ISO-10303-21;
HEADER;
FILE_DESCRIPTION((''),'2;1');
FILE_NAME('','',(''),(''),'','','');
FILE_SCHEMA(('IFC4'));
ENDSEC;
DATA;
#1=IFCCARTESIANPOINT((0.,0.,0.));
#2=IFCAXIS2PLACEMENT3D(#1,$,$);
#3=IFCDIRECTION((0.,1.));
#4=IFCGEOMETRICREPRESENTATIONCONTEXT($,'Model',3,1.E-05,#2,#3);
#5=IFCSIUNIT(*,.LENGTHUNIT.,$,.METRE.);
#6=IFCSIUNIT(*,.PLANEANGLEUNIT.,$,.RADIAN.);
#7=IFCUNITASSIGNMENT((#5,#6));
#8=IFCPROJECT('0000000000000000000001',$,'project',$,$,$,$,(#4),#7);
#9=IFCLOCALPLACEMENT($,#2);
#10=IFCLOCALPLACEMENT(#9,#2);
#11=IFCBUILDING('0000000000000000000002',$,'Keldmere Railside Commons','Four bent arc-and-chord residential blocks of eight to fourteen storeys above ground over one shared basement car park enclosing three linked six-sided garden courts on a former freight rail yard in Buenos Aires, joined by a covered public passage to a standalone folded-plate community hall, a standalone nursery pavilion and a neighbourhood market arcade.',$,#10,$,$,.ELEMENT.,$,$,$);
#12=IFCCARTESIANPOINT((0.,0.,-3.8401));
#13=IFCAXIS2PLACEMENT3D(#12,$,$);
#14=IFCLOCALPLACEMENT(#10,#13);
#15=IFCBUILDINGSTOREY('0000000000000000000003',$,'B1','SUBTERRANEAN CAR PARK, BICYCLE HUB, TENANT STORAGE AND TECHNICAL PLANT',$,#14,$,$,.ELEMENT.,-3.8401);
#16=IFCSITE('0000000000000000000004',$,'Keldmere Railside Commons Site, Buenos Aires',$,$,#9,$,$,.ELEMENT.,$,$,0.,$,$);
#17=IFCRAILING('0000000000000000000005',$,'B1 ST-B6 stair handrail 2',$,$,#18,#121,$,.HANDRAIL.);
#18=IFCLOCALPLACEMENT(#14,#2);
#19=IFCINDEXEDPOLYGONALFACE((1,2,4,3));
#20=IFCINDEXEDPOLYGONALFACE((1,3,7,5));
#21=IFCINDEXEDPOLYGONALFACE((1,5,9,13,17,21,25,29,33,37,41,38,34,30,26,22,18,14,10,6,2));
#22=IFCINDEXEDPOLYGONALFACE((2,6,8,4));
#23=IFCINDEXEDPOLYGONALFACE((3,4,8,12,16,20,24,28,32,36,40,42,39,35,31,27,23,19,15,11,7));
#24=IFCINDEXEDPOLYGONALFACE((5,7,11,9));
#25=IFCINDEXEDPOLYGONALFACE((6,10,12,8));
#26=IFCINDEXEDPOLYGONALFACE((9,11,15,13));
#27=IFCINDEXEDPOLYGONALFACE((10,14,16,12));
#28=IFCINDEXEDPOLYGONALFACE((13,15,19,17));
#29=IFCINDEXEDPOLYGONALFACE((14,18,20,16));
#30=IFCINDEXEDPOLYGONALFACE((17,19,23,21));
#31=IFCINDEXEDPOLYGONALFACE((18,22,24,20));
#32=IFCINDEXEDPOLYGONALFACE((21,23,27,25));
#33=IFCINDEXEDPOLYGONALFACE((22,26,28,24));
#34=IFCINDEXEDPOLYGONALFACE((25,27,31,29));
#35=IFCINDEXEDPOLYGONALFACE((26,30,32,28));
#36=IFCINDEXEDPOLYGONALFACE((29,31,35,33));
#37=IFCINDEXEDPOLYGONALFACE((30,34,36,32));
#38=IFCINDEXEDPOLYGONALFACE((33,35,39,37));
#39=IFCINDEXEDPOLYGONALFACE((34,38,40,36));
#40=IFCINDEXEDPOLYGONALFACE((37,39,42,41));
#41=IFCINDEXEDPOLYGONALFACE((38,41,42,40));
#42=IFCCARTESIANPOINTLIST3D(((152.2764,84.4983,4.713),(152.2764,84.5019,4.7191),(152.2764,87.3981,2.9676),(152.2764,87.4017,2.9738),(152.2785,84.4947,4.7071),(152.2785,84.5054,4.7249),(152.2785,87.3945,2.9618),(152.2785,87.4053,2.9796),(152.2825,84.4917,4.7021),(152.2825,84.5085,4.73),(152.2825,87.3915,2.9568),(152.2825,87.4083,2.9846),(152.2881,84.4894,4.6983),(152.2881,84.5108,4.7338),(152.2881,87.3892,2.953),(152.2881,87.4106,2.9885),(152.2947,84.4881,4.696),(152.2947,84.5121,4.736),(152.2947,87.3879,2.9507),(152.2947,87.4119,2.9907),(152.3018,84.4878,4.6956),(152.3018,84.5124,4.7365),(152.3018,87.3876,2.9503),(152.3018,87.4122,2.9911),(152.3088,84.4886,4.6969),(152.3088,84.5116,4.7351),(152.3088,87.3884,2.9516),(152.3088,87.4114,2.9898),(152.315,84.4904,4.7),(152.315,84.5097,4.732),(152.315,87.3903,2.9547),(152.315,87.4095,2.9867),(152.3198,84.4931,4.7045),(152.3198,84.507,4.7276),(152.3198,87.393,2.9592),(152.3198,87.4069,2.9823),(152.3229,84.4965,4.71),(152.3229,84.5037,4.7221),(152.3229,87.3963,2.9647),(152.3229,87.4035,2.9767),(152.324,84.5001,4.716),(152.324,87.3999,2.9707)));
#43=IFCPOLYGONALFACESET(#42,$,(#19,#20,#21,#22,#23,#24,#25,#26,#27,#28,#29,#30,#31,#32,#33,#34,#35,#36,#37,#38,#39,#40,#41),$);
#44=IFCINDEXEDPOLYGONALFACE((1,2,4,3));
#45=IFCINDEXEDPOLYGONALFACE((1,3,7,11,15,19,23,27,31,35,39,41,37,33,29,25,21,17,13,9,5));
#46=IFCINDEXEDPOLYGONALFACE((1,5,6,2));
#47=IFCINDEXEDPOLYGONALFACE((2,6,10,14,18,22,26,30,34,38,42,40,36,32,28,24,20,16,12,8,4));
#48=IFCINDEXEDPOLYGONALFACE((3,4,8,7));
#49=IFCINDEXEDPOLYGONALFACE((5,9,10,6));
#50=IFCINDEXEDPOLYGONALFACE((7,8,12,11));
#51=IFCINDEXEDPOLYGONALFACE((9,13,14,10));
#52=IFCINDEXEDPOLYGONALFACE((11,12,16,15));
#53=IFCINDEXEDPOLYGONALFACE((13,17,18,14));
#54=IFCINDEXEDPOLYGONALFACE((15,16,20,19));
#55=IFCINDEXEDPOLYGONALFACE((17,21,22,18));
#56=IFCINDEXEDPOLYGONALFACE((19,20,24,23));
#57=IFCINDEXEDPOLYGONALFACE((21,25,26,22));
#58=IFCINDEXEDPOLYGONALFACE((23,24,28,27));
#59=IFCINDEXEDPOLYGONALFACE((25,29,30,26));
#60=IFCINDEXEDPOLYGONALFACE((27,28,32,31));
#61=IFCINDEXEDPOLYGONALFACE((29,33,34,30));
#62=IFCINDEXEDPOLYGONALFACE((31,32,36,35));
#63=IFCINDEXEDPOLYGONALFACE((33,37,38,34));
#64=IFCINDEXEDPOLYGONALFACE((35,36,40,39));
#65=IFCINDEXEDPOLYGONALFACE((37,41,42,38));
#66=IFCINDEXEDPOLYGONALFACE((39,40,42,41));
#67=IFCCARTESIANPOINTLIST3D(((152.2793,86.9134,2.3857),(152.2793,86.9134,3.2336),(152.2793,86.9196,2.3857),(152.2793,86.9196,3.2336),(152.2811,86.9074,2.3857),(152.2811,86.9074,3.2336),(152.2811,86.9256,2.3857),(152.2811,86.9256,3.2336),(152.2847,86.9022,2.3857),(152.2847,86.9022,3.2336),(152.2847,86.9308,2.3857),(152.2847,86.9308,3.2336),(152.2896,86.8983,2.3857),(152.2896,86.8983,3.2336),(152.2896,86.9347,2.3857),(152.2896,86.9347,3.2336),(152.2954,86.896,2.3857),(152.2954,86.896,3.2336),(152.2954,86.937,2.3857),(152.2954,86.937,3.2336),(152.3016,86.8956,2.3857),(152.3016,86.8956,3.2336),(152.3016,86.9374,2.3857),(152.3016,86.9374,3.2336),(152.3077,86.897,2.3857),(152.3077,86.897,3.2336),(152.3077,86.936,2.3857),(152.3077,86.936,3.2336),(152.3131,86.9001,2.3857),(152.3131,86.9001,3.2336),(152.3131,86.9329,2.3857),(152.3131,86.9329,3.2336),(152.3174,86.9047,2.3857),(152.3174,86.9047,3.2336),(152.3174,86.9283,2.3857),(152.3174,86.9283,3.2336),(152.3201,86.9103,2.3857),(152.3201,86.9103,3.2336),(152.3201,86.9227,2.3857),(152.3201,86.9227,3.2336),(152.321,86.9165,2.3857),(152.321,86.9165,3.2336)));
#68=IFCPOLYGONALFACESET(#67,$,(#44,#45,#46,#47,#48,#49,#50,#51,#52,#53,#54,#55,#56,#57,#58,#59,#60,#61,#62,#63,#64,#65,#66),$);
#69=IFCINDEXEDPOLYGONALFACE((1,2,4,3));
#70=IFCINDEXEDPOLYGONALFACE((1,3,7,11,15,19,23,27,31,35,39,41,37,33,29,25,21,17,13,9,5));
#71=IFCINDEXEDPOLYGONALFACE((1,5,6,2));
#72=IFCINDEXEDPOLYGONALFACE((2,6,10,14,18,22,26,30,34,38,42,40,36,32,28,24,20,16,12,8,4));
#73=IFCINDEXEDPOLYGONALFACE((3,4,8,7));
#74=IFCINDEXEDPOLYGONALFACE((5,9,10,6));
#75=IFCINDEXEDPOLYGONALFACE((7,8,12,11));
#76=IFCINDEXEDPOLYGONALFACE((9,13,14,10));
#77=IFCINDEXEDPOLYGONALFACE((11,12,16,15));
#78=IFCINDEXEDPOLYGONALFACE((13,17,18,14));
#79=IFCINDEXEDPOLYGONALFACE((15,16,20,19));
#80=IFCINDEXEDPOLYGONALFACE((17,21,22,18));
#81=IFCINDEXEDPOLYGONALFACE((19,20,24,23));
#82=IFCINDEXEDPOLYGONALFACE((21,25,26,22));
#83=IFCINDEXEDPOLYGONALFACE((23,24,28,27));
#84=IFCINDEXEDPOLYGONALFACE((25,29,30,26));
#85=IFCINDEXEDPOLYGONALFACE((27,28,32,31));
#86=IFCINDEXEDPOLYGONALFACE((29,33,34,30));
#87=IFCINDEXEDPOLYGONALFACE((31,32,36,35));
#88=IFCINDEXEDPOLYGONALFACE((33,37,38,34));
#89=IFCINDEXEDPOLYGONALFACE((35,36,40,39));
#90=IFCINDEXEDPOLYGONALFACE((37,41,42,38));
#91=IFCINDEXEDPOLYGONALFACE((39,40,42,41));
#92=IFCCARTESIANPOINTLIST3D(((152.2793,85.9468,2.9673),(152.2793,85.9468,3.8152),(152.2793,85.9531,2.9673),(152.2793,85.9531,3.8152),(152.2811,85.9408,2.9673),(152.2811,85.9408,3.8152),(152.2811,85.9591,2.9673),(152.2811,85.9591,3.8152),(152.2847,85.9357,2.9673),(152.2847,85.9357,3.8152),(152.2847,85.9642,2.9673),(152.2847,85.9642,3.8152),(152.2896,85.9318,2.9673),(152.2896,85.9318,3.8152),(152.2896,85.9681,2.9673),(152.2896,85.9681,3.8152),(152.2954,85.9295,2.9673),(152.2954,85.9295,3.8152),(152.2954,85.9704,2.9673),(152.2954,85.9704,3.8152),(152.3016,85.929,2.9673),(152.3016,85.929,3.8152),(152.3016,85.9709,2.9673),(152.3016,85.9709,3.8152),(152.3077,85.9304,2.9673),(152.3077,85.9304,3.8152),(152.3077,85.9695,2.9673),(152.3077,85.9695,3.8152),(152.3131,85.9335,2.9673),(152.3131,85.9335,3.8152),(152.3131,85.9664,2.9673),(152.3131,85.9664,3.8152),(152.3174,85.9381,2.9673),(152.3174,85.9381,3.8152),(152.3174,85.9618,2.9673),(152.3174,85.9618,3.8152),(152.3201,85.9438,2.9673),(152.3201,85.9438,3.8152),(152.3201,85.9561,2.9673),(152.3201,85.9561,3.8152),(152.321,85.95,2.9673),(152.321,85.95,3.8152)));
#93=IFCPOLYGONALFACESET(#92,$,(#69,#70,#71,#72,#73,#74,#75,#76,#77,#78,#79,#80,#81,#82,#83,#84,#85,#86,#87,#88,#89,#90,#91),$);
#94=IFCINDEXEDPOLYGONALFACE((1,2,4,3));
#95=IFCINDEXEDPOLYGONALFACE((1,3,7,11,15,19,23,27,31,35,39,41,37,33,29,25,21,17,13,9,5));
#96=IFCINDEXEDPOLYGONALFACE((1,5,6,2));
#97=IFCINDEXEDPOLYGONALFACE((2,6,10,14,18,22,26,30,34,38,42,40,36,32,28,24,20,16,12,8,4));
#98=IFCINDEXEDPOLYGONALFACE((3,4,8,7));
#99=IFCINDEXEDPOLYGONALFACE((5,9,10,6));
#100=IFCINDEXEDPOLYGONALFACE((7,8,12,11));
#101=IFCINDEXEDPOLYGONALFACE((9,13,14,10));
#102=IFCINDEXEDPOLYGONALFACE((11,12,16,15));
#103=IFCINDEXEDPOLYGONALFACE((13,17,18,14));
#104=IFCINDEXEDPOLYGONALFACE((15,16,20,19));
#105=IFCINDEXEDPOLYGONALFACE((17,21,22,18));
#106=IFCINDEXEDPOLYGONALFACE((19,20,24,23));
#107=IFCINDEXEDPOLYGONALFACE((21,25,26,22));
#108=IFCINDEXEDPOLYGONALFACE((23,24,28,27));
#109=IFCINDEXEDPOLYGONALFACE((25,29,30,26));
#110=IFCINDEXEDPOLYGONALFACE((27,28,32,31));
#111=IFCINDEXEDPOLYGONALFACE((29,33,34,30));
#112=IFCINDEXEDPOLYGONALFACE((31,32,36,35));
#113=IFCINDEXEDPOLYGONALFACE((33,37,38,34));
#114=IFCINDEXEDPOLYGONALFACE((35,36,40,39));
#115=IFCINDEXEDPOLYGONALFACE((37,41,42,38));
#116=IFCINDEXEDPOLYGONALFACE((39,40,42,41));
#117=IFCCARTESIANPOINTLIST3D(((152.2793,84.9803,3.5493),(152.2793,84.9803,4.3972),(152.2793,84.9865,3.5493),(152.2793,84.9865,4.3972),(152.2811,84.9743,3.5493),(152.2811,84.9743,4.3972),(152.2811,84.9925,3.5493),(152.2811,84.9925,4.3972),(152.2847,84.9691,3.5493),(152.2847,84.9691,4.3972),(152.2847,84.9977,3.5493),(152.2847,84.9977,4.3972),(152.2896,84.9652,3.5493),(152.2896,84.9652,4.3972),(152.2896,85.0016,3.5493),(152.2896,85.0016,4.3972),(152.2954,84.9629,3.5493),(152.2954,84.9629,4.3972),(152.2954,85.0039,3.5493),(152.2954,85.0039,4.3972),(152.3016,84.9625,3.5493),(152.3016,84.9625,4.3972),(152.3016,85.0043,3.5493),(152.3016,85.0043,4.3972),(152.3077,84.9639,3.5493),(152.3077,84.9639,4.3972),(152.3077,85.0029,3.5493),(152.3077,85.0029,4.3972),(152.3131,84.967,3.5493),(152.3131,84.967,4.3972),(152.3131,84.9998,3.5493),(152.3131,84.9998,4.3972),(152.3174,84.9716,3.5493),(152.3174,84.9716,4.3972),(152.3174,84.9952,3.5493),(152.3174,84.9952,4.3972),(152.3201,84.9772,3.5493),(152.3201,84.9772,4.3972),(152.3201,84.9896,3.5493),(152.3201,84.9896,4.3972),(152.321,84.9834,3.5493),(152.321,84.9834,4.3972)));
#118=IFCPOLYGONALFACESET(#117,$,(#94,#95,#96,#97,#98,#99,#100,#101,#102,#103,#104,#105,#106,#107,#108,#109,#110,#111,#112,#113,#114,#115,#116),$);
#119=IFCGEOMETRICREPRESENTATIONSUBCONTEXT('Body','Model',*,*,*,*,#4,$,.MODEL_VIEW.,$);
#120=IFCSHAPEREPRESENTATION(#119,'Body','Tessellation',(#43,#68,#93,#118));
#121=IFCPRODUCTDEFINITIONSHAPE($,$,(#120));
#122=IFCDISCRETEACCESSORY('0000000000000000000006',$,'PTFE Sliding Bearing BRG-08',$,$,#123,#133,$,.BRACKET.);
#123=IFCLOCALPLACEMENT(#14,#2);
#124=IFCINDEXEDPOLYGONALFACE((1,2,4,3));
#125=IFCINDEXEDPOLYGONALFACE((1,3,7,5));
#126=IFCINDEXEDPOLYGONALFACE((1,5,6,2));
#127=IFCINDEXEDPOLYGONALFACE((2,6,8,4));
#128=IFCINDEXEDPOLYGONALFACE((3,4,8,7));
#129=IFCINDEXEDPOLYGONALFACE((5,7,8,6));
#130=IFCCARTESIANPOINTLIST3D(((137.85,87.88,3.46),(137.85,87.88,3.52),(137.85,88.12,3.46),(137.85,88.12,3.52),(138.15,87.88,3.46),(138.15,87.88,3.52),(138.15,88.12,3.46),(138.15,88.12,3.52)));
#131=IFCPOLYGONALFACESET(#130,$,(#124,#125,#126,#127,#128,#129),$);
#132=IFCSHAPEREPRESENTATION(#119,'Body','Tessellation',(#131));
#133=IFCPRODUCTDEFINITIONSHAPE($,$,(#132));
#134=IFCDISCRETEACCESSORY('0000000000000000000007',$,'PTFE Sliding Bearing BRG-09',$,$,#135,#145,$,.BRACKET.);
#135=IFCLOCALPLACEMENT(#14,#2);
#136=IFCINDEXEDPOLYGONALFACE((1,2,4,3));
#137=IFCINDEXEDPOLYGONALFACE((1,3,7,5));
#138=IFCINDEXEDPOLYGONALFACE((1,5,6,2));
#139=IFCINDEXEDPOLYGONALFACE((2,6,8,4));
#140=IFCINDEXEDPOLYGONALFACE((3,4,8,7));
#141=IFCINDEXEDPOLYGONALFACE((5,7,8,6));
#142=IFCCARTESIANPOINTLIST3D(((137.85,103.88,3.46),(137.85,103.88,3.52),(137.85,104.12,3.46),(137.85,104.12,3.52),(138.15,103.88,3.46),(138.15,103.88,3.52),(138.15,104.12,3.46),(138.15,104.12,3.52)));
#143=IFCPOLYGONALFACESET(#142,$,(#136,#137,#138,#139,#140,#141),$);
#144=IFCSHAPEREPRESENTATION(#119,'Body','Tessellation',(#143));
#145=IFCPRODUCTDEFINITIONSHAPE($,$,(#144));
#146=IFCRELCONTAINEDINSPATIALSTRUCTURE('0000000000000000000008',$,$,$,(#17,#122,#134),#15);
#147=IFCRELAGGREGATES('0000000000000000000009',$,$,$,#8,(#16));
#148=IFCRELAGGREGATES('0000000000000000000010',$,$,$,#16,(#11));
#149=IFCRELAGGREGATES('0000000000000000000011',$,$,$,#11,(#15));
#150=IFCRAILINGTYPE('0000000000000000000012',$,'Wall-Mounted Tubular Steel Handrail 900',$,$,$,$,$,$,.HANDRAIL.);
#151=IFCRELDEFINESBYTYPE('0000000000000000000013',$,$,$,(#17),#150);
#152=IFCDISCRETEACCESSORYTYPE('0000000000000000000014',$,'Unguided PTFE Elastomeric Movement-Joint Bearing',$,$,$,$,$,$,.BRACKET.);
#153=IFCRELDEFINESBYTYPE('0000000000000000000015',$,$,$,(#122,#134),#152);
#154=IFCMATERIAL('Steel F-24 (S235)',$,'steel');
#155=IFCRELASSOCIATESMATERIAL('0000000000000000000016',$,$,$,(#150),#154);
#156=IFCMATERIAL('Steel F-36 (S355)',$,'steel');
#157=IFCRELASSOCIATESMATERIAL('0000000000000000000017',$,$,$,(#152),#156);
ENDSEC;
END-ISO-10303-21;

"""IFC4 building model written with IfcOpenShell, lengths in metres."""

from ifc_helpers import new_model, si_unit, direction, frame, origin, origin_2d, place, context, subcontext, project, spatial, rectangle, circle, extrude, material, type_object, element, save


model = new_model("IFC4")

# Units and contexts
model_context = context("Model", 3, precision=1e-05, world=origin(), true_north=direction((0.0, 1.0)))
body_context = subcontext(model_context, "Body", "Model", "MODEL_VIEW")
ifc_project = project(units=[si_unit("LENGTHUNIT", "METRE"), si_unit("PLANEANGLEUNIT", "RADIAN")], contexts=[model_context])

# Site, building, storey
site_placement = place(None, origin())
site = spatial("IfcSite", under=ifc_project, at=site_placement, Name="Keldmere Railside Commons Site, Buenos Aires", CompositionType="ELEMENT", RefElevation=0.0)
building_placement = place(site_placement, origin())
building = spatial("IfcBuilding", under=site, at=building_placement, Name="Keldmere Railside Commons", Description="Four bent arc-and-chord residential blocks of eight to fourteen storeys above ground over one shared basement car park enclosing three linked six-sided garden courts on a former freight rail yard in Buenos Aires, joined by a covered public passage to a standalone folded-plate community hall, a standalone nursery pavilion and a neighbourhood market arcade.", CompositionType="ELEMENT")
storey_placement = place(building_placement, frame((0.0, 0.0, -3.8401)))
storey = spatial("IfcBuildingStorey", under=building, at=storey_placement, Name="B1", Description="SUBTERRANEAN CAR PARK, BICYCLE HUB, TENANT STORAGE AND TECHNICAL PLANT", CompositionType="ELEMENT", Elevation=-3.8401)

# Railing
ifc_material_1 = material(Name="Steel F-24 (S235)", Category="steel")
railing_type_1 = type_object("IfcRailingType", Name="Wall-Mounted Tubular Steel Handrail 900", PredefinedType="HANDRAIL", material=ifc_material_1)
railing_1_placement = place(storey_placement, frame((152.3, 87.3999, 2.0947)))
element("IfcRailing", 1, at=railing_1_placement, inside=storey, type_object=railing_type_1, Name="B1 ST-B6 stair handrail 2", PredefinedType="HANDRAIL", context=body_context, shape_type="SweptSolid", body=[
    extrude(circle(Radius=0.0239, at=origin_2d()), frame((0.0, 0.0, 0.876), z_axis=(0.0, -0.856786, 0.515673), x_axis=(1.0, 0.0, 0.0)), (0.0, 0.0, 1.0), 3.3845),
    extrude(circle(Radius=0.021, at=origin_2d()), frame((0.0, -0.4834, 0.291)), (0.0, 0.0, 1.0), 0.8479),
    extrude(circle(Radius=0.021, at=origin_2d()), frame((0.0, -1.45, 0.8726)), (0.0, 0.0, 1.0), 0.8479),
    extrude(circle(Radius=0.021, at=origin_2d()), frame((0.0, -2.4165, 1.4546)), (0.0, 0.0, 1.0), 0.8479),
])

# Discrete accessories
ifc_material_2 = material(Name="Steel F-36 (S355)", Category="steel")
discrete_accessory_type = type_object("IfcDiscreteAccessoryType", Name="Unguided PTFE Elastomeric Movement-Joint Bearing", PredefinedType="BRACKET", material=ifc_material_2)
for number, where, z_axis, x_axis, name in (
    (2, (138.0, 88.0, 3.46), (0.0, 0.0, 1.0), (1.0, 0.0, 0.0), "PTFE Sliding Bearing BRG-08"),
    (3, (138.0, 104.0, 3.46), (0.0, 0.0, 1.0), (1.0, 0.0, 0.0), "PTFE Sliding Bearing BRG-09"),
):
    element("IfcDiscreteAccessory", number, at=place(storey_placement, frame(where, z_axis=z_axis, x_axis=x_axis)), inside=storey, type_object=discrete_accessory_type, Name=name, PredefinedType="BRACKET", context=body_context, shape_type="SweptSolid", body=[
        extrude(rectangle(XDim=0.3, YDim=0.24, at=origin_2d()), origin(), (0.0, 0.0, 1.0), 0.0601),
    ])

save(model, "model.ifc")
